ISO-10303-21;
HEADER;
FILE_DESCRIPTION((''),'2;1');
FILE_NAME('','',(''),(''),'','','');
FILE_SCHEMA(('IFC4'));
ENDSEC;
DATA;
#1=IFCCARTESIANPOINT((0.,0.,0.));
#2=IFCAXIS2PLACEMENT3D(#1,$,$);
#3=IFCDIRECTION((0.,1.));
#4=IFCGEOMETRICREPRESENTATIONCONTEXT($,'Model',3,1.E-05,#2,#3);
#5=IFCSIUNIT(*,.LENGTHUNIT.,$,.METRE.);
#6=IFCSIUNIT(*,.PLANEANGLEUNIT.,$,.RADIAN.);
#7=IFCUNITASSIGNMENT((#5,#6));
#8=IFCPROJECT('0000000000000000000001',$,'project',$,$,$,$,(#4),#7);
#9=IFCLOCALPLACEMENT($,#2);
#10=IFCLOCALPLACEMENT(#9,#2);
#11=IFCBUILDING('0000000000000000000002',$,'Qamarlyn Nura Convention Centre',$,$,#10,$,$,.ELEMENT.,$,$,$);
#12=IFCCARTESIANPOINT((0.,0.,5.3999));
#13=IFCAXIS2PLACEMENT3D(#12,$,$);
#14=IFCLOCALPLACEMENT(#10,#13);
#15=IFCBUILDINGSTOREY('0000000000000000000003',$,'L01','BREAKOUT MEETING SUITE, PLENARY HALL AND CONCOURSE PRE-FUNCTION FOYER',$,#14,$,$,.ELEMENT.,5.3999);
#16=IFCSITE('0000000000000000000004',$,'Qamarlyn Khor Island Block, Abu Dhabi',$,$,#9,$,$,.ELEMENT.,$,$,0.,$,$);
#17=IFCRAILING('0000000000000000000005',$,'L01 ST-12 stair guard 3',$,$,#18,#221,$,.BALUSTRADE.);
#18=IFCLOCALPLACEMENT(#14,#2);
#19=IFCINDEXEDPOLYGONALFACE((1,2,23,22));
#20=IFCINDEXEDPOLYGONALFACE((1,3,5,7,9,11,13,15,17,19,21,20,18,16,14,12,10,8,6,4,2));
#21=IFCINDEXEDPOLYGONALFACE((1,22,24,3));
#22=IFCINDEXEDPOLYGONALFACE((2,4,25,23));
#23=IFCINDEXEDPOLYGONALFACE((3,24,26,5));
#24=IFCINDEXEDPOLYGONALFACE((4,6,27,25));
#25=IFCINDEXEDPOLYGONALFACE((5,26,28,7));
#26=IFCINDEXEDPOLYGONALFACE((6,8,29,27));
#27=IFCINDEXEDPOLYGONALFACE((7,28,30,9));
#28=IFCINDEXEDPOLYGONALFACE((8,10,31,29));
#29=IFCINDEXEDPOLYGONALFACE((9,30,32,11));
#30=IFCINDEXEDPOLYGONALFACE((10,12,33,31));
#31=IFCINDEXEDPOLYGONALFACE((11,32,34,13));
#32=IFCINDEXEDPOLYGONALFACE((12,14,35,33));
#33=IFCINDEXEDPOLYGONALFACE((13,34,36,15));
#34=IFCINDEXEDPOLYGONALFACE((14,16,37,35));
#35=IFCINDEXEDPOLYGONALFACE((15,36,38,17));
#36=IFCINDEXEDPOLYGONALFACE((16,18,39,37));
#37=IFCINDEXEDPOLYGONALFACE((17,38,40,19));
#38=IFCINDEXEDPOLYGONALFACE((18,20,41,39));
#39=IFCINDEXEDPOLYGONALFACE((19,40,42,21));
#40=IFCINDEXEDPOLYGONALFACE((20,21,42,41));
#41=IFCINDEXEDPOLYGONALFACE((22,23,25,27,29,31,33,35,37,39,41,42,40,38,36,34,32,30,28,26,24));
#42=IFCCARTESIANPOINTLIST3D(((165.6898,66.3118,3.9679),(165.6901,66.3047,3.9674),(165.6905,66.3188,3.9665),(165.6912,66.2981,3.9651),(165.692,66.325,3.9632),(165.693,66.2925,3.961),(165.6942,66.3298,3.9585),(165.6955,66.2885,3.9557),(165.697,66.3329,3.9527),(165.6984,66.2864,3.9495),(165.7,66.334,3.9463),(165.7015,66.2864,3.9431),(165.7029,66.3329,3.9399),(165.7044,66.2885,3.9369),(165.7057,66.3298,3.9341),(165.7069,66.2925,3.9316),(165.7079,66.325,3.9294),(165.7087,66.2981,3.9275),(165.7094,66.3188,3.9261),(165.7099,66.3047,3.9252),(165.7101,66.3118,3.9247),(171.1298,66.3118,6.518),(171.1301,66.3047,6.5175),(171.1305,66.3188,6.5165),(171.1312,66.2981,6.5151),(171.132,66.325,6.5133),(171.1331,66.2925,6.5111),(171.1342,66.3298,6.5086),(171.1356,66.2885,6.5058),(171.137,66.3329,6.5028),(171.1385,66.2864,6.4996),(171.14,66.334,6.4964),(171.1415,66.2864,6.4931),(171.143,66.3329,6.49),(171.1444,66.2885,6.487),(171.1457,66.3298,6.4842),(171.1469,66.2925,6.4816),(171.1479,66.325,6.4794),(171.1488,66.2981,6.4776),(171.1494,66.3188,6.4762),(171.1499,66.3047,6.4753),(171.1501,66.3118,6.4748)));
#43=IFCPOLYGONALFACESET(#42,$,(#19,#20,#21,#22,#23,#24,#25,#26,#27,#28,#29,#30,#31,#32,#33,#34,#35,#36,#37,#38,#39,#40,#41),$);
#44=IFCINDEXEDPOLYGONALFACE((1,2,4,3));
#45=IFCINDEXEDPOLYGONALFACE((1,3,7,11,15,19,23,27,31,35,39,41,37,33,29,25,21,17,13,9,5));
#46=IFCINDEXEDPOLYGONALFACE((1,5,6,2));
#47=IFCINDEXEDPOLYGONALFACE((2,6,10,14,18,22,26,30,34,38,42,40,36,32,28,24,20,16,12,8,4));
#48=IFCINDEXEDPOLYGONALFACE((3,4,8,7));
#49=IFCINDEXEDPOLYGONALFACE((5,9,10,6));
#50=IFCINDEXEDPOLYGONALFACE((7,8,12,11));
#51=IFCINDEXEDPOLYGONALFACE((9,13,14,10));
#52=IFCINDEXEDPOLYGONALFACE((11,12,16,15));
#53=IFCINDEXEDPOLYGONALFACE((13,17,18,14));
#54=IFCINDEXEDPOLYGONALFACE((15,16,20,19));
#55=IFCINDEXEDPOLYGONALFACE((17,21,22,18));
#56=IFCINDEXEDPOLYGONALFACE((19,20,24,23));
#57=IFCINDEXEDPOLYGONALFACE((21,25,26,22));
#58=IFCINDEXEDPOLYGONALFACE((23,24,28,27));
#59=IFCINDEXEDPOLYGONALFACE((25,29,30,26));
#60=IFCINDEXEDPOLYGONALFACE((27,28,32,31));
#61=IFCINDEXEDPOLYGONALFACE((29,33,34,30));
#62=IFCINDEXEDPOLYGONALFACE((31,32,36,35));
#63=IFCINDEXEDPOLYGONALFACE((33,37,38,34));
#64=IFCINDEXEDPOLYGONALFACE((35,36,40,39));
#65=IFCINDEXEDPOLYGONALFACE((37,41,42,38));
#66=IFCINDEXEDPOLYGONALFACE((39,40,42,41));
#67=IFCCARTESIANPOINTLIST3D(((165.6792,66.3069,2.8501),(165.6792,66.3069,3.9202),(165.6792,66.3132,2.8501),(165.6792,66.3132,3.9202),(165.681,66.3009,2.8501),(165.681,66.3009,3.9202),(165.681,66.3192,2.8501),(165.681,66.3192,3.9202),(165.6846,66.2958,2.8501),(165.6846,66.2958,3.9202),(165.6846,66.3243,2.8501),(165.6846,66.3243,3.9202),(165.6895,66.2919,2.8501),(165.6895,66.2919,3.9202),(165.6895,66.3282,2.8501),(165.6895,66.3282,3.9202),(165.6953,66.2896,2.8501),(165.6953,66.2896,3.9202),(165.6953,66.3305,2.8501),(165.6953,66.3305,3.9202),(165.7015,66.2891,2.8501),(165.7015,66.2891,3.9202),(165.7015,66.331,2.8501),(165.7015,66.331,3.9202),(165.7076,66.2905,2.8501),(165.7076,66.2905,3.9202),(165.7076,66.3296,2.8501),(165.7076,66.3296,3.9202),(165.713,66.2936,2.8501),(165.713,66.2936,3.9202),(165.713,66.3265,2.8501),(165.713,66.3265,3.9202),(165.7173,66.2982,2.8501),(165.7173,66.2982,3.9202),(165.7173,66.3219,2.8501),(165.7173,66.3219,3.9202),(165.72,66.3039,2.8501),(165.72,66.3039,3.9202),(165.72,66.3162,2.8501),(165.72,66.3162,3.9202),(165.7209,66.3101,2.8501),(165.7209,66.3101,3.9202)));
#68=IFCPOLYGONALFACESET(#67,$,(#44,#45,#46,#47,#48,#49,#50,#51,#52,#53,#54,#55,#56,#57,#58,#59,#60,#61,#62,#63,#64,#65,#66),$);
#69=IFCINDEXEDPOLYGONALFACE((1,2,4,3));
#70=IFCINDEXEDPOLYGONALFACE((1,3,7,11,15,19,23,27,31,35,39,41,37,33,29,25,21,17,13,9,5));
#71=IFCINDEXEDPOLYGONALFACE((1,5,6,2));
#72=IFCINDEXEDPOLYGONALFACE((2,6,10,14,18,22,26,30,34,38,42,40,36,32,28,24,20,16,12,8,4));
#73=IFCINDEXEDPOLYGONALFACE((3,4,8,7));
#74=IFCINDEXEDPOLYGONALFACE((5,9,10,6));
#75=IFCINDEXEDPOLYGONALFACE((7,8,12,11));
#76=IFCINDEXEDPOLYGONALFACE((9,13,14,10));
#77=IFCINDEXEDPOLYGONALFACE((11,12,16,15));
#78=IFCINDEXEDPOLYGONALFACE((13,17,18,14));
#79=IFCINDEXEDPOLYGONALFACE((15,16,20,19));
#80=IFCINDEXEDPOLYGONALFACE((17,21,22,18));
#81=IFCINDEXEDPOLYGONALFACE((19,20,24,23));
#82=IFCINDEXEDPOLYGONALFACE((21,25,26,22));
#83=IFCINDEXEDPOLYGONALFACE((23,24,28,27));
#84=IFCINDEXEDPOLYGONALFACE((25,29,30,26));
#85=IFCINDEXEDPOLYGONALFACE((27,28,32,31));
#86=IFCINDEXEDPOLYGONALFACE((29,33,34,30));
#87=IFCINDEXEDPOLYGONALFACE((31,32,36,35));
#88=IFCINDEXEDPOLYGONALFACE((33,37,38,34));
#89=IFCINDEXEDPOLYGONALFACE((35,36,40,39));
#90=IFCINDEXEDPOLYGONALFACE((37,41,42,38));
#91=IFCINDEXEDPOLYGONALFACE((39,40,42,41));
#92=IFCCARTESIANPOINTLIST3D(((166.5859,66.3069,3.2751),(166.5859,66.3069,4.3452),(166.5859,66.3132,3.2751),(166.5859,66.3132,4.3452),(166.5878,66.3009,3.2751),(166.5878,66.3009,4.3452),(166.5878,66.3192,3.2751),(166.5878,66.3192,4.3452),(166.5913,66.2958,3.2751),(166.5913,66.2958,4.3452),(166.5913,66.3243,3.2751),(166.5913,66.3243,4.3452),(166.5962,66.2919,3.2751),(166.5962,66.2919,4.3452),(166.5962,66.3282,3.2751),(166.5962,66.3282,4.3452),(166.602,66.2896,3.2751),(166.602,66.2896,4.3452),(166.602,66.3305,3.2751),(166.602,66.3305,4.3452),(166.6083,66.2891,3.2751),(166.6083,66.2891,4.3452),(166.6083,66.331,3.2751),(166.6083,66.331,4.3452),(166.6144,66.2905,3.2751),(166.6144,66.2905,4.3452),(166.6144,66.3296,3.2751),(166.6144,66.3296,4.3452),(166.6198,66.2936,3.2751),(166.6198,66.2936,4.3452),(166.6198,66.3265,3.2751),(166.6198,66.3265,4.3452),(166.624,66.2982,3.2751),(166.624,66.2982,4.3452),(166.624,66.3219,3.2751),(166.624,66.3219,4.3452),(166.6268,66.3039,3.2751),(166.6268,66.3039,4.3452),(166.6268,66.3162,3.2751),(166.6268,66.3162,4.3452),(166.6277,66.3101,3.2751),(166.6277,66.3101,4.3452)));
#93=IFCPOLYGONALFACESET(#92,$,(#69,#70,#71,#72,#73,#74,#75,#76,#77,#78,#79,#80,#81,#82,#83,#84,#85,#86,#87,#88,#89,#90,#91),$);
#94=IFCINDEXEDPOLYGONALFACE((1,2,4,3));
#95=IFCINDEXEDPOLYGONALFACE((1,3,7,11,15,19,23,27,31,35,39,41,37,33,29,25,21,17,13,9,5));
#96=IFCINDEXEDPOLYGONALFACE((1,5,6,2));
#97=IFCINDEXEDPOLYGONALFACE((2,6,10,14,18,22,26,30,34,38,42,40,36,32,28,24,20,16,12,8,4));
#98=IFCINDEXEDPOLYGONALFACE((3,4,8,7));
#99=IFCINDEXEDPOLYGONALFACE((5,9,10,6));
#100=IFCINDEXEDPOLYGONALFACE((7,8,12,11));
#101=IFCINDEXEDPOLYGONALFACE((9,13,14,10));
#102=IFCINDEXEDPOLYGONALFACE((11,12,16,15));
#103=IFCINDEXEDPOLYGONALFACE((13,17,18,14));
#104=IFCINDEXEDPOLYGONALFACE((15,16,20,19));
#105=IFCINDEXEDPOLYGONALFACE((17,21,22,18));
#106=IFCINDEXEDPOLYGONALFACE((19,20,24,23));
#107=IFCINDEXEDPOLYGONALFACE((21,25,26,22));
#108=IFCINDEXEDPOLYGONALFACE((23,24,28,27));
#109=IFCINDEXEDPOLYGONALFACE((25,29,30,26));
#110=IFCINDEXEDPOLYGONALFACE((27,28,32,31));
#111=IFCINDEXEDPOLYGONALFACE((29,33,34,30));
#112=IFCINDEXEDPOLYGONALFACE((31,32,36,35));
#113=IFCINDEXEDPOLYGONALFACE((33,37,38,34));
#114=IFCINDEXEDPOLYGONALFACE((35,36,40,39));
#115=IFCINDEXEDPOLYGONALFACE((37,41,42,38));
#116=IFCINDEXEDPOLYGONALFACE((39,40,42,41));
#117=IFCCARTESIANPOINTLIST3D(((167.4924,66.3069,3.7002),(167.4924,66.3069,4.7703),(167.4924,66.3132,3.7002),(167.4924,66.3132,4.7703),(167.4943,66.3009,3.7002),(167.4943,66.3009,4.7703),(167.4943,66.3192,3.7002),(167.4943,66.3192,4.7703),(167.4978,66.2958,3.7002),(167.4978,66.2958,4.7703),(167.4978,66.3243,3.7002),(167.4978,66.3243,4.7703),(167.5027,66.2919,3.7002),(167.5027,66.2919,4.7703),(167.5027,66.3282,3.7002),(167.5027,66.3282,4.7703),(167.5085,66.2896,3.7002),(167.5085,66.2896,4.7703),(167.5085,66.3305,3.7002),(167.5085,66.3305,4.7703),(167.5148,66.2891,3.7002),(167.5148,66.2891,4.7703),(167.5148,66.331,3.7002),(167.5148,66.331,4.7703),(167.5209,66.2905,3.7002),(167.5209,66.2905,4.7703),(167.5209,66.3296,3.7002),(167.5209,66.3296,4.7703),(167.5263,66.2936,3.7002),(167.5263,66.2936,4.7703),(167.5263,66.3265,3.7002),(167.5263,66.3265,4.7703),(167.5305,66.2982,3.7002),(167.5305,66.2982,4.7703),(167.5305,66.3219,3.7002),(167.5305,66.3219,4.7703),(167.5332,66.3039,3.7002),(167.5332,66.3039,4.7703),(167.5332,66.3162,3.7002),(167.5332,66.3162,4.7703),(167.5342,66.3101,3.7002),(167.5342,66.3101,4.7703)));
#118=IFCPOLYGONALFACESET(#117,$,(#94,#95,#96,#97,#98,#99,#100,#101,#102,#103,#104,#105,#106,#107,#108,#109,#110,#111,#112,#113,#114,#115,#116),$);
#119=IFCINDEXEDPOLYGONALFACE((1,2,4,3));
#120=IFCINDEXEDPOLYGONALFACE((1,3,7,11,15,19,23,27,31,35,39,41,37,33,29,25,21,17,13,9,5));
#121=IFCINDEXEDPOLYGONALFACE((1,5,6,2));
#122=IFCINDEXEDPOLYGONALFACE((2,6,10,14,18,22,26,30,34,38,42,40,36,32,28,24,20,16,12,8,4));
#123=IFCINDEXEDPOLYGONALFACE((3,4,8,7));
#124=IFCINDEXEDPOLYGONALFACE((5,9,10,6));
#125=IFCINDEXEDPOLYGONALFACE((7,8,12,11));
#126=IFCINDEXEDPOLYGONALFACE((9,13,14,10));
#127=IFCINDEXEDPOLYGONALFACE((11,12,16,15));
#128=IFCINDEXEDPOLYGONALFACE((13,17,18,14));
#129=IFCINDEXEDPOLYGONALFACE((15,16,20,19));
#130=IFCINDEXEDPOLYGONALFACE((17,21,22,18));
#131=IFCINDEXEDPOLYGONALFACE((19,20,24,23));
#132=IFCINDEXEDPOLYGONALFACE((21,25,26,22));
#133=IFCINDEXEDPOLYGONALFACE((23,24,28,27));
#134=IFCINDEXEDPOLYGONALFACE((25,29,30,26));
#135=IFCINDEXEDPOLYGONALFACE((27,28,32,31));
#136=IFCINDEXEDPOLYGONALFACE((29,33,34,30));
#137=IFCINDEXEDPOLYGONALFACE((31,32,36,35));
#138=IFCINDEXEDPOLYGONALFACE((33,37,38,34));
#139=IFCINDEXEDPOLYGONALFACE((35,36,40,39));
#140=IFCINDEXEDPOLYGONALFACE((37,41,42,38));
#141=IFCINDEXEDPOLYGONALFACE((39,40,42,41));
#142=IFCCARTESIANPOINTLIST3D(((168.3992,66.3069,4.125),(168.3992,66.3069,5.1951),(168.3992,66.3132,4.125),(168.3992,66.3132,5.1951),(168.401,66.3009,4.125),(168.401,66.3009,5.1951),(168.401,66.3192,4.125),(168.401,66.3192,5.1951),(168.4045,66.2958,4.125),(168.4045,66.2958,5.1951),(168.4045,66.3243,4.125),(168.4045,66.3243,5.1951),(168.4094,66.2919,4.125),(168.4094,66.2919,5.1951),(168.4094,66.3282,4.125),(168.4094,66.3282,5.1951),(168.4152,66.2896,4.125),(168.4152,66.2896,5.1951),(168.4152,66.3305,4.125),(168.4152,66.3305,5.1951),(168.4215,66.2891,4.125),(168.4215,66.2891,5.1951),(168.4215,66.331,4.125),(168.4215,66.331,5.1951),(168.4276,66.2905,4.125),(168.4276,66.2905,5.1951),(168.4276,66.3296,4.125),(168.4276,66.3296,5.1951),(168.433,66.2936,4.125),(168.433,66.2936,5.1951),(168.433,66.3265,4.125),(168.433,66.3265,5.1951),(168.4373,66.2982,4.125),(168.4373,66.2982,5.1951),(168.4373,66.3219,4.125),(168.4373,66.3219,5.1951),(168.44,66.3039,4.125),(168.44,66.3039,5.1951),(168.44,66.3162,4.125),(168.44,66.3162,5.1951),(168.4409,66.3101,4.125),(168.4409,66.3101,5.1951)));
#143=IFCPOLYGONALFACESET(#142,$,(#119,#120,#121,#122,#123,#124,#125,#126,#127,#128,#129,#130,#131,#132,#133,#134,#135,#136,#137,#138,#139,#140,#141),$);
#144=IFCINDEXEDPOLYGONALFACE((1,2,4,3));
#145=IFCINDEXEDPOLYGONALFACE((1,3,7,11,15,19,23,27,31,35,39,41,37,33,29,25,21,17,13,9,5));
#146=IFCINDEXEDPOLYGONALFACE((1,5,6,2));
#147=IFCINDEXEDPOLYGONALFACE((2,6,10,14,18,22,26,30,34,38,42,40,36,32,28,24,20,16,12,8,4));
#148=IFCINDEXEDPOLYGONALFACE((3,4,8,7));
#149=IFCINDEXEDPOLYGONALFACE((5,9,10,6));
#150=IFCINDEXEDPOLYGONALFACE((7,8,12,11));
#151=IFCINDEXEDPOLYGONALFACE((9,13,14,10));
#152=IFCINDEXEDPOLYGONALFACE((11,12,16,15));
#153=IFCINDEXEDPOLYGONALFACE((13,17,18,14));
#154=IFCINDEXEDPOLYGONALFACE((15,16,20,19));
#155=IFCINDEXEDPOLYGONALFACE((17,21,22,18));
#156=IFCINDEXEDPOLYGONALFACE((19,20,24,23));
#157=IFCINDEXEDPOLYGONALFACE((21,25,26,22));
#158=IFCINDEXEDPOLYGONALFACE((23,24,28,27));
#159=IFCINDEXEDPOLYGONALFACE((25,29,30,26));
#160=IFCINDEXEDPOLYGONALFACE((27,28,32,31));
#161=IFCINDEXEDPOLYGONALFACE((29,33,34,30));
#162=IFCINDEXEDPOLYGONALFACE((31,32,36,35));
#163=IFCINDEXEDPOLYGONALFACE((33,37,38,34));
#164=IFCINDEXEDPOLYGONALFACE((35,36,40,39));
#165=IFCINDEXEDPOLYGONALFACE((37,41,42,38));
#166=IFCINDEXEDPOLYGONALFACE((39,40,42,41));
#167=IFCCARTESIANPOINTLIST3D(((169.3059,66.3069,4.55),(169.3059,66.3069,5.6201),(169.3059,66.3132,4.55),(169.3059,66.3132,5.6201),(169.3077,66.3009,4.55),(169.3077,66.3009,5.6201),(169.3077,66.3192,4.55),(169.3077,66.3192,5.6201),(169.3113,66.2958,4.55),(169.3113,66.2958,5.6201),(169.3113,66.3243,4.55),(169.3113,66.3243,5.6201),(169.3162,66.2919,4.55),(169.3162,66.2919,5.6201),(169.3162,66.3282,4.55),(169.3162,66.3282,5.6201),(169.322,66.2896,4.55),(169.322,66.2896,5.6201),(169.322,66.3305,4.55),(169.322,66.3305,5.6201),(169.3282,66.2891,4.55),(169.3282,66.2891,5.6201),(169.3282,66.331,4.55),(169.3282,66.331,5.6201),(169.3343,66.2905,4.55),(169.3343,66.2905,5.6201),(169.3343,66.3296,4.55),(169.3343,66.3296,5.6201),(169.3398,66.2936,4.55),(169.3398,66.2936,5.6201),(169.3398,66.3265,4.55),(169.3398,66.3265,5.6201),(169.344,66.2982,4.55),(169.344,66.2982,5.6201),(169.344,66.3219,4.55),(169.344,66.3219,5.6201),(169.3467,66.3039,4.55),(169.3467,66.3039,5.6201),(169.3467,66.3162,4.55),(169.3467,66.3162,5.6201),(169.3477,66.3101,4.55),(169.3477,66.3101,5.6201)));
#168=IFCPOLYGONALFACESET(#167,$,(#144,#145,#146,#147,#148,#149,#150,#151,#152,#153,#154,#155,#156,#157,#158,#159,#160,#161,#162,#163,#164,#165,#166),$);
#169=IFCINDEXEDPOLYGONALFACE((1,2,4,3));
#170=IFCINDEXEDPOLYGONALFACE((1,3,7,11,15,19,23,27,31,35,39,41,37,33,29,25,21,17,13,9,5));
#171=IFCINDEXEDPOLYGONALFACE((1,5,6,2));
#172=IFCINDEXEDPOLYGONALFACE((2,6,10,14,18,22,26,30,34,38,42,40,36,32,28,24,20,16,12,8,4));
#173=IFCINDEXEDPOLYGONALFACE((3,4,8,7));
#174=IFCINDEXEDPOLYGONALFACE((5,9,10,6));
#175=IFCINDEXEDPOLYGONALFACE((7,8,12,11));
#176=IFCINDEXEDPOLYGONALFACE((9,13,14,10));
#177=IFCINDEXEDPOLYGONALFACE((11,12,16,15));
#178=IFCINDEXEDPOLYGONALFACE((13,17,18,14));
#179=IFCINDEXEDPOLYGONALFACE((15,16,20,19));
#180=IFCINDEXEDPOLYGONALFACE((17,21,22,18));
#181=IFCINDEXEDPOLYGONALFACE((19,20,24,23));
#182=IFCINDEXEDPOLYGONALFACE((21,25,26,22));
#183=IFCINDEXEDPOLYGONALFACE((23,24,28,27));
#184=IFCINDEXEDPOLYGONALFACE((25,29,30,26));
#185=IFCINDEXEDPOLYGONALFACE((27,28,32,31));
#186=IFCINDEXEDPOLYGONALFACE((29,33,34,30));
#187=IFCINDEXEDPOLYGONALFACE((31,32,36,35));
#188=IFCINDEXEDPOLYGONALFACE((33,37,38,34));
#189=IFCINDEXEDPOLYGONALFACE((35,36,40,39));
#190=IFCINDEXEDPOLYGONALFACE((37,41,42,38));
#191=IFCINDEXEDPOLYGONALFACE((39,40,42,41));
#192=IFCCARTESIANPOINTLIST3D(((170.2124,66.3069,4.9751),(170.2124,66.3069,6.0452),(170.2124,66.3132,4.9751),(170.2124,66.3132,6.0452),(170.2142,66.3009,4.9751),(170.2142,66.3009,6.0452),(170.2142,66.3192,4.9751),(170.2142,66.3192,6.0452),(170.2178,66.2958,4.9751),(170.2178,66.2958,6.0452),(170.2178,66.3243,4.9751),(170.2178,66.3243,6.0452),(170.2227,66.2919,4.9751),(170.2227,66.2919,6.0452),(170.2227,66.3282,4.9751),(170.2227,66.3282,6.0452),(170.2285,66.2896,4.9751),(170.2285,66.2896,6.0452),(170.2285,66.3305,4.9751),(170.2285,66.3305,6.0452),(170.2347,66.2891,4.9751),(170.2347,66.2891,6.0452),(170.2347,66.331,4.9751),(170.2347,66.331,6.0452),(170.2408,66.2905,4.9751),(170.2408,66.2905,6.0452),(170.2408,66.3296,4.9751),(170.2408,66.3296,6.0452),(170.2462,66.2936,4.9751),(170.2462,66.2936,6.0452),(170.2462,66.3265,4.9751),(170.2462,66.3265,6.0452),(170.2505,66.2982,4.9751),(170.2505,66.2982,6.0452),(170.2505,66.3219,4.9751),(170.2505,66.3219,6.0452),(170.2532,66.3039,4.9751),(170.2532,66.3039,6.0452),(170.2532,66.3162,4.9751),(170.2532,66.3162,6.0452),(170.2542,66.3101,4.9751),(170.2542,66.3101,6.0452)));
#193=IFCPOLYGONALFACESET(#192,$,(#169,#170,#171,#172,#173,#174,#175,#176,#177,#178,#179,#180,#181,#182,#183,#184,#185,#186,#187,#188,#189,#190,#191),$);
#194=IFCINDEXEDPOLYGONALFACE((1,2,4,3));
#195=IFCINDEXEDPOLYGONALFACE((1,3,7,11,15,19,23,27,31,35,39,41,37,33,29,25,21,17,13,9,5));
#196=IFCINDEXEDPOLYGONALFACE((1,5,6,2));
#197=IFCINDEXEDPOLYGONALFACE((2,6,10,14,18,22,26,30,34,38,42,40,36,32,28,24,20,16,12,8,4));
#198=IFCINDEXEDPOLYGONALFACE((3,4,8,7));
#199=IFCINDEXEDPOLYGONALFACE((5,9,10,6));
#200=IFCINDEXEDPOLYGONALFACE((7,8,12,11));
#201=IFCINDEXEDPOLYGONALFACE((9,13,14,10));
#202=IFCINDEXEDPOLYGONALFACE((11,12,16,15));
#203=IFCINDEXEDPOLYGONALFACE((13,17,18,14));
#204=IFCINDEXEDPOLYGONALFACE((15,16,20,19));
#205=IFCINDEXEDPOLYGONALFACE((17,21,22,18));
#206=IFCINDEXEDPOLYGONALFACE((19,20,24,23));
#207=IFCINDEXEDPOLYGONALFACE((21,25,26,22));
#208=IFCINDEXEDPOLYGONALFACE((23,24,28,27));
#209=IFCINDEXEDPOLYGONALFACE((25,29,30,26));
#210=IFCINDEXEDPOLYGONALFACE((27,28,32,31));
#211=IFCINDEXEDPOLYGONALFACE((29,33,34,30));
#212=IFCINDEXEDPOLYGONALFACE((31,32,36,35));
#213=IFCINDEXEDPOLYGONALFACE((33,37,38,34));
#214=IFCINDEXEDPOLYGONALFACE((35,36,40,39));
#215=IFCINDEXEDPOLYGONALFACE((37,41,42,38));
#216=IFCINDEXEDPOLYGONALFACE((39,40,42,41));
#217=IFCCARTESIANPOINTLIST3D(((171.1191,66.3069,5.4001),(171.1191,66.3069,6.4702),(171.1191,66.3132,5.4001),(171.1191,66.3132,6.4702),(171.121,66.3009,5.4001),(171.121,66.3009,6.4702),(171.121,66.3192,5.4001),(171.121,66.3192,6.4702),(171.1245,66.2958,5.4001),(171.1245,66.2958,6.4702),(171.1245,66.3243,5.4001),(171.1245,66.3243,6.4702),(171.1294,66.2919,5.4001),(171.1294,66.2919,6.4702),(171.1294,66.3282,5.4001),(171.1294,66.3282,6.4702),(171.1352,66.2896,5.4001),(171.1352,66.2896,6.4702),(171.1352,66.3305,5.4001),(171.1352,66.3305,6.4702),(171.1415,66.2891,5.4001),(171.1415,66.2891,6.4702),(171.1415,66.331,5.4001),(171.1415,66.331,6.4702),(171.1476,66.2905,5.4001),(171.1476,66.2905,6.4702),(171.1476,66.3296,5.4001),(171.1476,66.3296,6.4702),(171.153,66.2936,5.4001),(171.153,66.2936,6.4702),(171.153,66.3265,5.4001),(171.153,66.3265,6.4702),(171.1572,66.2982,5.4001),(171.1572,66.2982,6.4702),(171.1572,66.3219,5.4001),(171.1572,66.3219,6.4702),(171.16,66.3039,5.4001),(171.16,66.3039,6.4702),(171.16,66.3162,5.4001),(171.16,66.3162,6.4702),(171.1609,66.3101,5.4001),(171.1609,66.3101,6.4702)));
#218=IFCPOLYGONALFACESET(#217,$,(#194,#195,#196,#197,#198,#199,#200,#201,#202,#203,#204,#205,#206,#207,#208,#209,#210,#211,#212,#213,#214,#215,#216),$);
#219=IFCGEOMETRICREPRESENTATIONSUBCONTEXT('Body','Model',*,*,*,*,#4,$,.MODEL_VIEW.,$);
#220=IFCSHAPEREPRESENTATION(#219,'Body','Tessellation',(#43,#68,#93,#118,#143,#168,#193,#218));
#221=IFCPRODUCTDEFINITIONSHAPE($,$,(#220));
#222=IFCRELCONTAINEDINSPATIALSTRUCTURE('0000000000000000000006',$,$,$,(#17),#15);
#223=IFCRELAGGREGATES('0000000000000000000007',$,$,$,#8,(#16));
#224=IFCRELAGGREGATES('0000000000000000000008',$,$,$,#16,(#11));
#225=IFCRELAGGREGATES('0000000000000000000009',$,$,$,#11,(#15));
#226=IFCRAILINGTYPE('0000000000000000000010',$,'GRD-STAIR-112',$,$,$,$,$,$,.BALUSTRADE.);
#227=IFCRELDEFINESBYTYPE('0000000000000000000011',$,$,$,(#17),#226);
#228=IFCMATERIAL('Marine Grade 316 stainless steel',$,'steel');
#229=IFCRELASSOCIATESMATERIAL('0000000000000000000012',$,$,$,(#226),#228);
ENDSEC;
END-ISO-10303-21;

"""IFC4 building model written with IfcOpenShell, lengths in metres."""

from ifc_helpers import new_model, si_unit, direction, frame, origin, origin_2d, place, context, subcontext, project, spatial, circle, extrude, material, type_object, element, save


model = new_model("IFC4")

# Units and contexts
model_context = context("Model", 3, precision=1e-05, world=origin(), true_north=direction((0.0, 1.0)))
body_context = subcontext(model_context, "Body", "Model", "MODEL_VIEW")
ifc_project = project(units=[si_unit("LENGTHUNIT", "METRE"), si_unit("PLANEANGLEUNIT", "RADIAN")], contexts=[model_context])

# Site, building, storey
site_placement = place(None, origin())
site = spatial("IfcSite", under=ifc_project, at=site_placement, Name="Qamarlyn Khor Island Block, Abu Dhabi", CompositionType="ELEMENT", RefElevation=0.0)
building_placement = place(site_placement, origin())
building = spatial("IfcBuilding", under=site, at=building_placement, Name="Qamarlyn Nura Convention Centre", CompositionType="ELEMENT")
storey_placement = place(building_placement, frame((0.0, 0.0, 5.3999)))
storey = spatial("IfcBuildingStorey", under=building, at=storey_placement, Name="L01", Description="BREAKOUT MEETING SUITE, PLENARY HALL AND CONCOURSE PRE-FUNCTION FOYER", CompositionType="ELEMENT", Elevation=5.3999)

# Railing
ifc_material_1 = material(Name="Marine Grade 316 stainless steel", Category="steel")
railing_type_1 = type_object("IfcRailingType", Name="GRD-STAIR-112", PredefinedType="BALUSTRADE", material=ifc_material_1)
railing_1_placement = place(storey_placement, frame((165.7, 66.3101, 2.8501)))
element("IfcRailing", 1, at=railing_1_placement, inside=storey, type_object=railing_type_1, Name="L01 ST-12 stair guard 3", PredefinedType="BALUSTRADE", context=body_context, shape_type="SweptSolid", body=[
    extrude(circle(Radius=0.0239, at=origin_2d()), frame((0.0, 0.0, 1.0962), z_axis=(0.905454, 0.0, 0.424444), x_axis=(0.0, 1.0, 0.0)), (0.0, 0.0, 1.0), 6.0081),
    extrude(circle(Radius=0.021, at=origin_2d()), origin(), (0.0, 0.0, 1.0), 1.0701),
    extrude(circle(Radius=0.021, at=origin_2d()), frame((0.9067, 0.0, 0.425)), (0.0, 0.0, 1.0), 1.0701),
    extrude(circle(Radius=0.021, at=origin_2d()), frame((1.8132, 0.0, 0.8501)), (0.0, 0.0, 1.0), 1.0701),
    extrude(circle(Radius=0.021, at=origin_2d()), frame((2.72, 0.0, 1.2749)), (0.0, 0.0, 1.0), 1.0701),
    extrude(circle(Radius=0.021, at=origin_2d()), frame((3.6267, 0.0, 1.7)), (0.0, 0.0, 1.0), 1.0701),
    extrude(circle(Radius=0.021, at=origin_2d()), frame((4.5332, 0.0, 2.125)), (0.0, 0.0, 1.0), 1.0701),
    extrude(circle(Radius=0.021, at=origin_2d()), frame((5.4399, 0.0, 2.55)), (0.0, 0.0, 1.0), 1.0701),
])

save(model, "model.ifc")
